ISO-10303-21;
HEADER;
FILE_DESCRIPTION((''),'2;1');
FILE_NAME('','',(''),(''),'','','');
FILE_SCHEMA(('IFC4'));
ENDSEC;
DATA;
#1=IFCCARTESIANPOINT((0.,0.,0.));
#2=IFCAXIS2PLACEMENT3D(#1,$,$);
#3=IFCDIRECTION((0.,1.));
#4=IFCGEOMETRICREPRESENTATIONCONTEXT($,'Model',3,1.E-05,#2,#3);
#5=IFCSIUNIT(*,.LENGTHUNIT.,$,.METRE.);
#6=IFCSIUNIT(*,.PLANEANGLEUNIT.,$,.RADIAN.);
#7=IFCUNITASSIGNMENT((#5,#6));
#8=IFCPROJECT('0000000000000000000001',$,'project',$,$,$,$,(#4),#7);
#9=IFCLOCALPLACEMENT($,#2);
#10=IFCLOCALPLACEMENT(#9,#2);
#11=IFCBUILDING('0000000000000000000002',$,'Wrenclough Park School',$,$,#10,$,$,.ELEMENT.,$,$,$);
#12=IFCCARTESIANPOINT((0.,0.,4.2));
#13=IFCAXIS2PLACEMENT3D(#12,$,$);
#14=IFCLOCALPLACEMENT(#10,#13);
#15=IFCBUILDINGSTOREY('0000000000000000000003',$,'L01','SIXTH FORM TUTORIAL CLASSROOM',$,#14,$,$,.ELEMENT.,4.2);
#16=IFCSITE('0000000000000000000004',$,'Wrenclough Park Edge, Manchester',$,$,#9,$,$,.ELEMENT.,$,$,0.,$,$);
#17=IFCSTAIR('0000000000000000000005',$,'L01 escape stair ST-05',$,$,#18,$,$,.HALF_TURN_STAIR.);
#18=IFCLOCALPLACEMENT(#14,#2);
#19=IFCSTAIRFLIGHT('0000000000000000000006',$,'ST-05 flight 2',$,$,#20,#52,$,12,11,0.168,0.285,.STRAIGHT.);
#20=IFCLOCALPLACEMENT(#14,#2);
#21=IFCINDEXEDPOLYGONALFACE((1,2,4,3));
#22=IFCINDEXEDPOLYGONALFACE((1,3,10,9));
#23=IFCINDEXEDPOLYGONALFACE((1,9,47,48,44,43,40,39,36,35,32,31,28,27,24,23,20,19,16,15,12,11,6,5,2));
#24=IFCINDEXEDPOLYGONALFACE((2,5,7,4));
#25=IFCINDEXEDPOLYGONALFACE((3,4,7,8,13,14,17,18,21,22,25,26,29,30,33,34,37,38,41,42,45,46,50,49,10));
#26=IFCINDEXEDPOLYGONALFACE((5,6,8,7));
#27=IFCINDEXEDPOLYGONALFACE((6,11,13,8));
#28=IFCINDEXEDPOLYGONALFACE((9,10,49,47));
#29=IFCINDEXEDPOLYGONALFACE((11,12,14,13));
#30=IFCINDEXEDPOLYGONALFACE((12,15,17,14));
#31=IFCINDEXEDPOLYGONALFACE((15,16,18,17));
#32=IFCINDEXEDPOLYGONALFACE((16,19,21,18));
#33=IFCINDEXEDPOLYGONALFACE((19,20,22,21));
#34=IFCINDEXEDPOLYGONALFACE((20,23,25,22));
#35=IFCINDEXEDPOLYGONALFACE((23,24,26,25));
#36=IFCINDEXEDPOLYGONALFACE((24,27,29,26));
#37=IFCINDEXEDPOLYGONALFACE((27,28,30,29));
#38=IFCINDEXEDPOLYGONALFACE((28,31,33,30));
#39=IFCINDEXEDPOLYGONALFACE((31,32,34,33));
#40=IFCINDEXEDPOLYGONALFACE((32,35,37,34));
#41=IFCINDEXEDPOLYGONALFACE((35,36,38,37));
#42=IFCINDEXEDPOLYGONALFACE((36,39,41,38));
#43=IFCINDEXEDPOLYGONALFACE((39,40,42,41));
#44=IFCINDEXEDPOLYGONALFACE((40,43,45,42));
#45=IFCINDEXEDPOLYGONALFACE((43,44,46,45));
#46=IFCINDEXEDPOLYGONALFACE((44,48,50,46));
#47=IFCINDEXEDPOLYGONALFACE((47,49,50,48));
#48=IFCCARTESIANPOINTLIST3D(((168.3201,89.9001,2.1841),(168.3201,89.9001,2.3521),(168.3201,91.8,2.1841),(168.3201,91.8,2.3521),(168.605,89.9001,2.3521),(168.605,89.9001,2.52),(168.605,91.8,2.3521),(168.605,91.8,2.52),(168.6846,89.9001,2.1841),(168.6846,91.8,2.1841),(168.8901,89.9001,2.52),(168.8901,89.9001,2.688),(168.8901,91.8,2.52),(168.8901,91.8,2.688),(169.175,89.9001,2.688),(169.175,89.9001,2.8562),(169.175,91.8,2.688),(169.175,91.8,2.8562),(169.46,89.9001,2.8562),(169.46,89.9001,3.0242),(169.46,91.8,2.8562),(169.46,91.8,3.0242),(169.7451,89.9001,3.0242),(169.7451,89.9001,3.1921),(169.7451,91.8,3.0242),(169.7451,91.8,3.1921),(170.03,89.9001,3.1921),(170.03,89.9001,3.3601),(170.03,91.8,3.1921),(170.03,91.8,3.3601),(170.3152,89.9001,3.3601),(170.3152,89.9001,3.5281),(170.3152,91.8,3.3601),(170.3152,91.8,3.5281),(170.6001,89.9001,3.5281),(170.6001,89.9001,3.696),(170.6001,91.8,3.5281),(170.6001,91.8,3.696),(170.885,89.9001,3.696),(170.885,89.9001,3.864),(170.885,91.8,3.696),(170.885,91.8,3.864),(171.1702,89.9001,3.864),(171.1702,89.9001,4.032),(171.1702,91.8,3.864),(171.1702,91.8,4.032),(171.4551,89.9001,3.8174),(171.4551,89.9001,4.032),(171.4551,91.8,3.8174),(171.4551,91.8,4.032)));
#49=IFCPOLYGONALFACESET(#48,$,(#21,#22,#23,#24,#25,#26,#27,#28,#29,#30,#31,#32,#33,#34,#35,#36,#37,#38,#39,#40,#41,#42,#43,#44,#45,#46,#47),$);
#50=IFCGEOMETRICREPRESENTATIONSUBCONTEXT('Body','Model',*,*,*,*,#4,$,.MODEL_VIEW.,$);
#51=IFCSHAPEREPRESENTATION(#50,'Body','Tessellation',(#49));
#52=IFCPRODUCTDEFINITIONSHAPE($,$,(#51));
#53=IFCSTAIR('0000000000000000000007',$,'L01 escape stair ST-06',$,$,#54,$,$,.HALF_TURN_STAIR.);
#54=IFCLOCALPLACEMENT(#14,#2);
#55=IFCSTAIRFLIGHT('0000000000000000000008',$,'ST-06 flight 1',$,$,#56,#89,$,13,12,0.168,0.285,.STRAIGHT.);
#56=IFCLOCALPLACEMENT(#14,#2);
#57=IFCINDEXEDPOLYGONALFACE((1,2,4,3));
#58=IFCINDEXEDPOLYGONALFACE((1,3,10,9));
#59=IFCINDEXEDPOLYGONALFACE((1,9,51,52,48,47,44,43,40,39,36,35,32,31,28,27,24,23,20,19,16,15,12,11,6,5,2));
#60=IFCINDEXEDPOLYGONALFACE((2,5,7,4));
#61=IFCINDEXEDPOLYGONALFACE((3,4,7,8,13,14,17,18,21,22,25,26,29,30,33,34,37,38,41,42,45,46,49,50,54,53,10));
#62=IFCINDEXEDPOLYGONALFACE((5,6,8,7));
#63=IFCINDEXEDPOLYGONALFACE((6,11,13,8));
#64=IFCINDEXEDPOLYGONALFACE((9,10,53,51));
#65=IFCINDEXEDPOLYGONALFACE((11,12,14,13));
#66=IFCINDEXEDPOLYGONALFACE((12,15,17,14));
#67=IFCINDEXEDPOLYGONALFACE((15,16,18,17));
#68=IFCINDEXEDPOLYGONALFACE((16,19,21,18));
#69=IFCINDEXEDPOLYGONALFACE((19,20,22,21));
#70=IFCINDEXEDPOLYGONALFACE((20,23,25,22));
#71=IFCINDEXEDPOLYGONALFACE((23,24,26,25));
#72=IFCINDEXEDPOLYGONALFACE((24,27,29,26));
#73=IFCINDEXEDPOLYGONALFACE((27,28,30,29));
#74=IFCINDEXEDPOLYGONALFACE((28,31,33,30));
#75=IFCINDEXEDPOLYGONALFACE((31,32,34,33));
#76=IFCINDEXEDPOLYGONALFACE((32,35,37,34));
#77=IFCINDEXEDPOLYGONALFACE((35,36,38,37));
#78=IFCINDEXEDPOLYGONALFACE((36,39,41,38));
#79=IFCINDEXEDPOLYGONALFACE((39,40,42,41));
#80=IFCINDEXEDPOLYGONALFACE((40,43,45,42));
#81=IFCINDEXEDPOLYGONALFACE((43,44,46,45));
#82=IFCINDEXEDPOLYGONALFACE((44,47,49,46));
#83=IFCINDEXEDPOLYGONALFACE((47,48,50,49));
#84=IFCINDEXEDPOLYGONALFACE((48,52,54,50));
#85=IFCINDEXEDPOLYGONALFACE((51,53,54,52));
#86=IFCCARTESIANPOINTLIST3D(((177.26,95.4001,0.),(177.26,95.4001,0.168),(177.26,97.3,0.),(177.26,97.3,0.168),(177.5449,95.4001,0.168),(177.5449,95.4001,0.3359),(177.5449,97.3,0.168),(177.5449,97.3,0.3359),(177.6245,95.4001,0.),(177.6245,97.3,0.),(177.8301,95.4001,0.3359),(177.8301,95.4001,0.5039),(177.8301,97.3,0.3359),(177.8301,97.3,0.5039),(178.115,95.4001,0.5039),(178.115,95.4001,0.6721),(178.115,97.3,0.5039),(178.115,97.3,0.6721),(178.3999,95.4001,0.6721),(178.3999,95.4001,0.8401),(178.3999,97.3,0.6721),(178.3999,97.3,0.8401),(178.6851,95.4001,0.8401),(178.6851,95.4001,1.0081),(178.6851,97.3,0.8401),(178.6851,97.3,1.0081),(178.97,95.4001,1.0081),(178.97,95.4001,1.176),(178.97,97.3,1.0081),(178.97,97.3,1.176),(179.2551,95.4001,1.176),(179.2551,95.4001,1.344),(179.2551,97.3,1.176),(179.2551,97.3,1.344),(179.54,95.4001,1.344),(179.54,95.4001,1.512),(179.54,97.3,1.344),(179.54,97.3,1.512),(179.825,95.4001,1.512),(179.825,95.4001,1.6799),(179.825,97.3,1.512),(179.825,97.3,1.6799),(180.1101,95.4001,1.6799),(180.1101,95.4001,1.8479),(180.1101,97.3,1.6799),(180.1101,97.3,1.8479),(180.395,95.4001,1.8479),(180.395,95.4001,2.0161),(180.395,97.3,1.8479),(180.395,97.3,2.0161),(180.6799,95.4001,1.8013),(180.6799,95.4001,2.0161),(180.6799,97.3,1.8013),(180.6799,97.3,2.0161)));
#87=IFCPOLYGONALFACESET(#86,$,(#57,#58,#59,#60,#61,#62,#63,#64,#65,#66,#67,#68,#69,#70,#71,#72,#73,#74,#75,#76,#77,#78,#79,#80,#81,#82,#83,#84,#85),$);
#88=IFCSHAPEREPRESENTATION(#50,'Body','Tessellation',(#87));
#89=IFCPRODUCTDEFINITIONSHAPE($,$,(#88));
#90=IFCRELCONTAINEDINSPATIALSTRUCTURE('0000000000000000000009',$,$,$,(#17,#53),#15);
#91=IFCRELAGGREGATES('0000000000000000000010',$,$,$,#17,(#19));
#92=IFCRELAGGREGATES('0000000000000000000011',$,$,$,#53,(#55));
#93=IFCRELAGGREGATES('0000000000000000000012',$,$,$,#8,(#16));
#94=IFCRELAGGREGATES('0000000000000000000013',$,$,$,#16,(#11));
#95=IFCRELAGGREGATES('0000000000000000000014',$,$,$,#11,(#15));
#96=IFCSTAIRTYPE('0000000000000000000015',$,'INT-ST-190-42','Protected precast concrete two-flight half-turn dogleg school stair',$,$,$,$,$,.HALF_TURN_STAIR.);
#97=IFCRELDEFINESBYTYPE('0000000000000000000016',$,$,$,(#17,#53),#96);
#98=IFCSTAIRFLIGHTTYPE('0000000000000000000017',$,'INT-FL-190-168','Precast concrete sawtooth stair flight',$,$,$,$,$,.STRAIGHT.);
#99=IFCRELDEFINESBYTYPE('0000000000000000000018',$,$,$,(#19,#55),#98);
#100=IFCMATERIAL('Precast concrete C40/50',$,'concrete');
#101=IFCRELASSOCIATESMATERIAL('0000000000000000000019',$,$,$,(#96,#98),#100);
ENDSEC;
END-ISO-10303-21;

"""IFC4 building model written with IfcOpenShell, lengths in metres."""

from ifc_helpers import new_model, si_unit, direction, frame, origin, place, context, subcontext, project, spatial, polyline, outline, extrude, material, type_object, element, aggregate, save


model = new_model("IFC4")

# Units and contexts
model_context = context("Model", 3, precision=1e-05, world=origin(), true_north=direction((0.0, 1.0)))
body_context = subcontext(model_context, "Body", "Model", "MODEL_VIEW")
ifc_project = project(units=[si_unit("LENGTHUNIT", "METRE"), si_unit("PLANEANGLEUNIT", "RADIAN")], contexts=[model_context])

# Site, building, storey
site_placement = place(None, origin())
site = spatial("IfcSite", under=ifc_project, at=site_placement, Name="Wrenclough Park Edge, Manchester", CompositionType="ELEMENT", RefElevation=0.0)
building_placement = place(site_placement, origin())
building = spatial("IfcBuilding", under=site, at=building_placement, Name="Wrenclough Park School", CompositionType="ELEMENT")
storey_placement = place(building_placement, frame((0.0, 0.0, 4.2)))
storey = spatial("IfcBuildingStorey", under=building, at=storey_placement, Name="L01", Description="SIXTH FORM TUTORIAL CLASSROOM", CompositionType="ELEMENT", Elevation=4.2)

# Stairs, stair flights
ifc_material_1 = material(Name="Precast concrete C40/50", Category="concrete")
stair_type = type_object("IfcStairType", Name="INT-ST-190-42", Description="Protected precast concrete two-flight half-turn dogleg school stair", PredefinedType="HALF_TURN_STAIR", material=ifc_material_1)
stair_1_placement = place(storey_placement, origin())
stair_1 = element("IfcStair", 1, at=stair_1_placement, inside=storey, type_object=stair_type, Name="L01 escape stair ST-05", PredefinedType="HALF_TURN_STAIR")
stair_flight_type = type_object("IfcStairFlightType", Name="INT-FL-190-168", Description="Precast concrete sawtooth stair flight", PredefinedType="STRAIGHT", material=ifc_material_1)
stair_flight_1_placement = place(storey_placement, frame((168.3201, 90.8501, 2.1841), z_axis=(0.0, 0.0, 1.0), x_axis=(1.0, 0.0, 0.0)))
stair_flight_1 = element("IfcStairFlight", 2, at=stair_flight_1_placement, type_object=stair_flight_type, Name="ST-05 flight 2", NumberOfRisers=12, NumberOfTreads=11, PredefinedType="STRAIGHT", RiserHeight=0.168, TreadLength=0.285, context=body_context, shape_type="SweptSolid", body=[
    extrude(outline(polyline([(0.0, 0.0), (0.0, 0.168), (0.2849, 0.168), (0.2849, 0.3359), (0.5701, 0.3359), (0.5701, 0.5039), (0.855, 0.5039), (0.855, 0.6721), (1.1399, 0.6721), (1.1399, 0.8401), (1.425, 0.8401), (1.425, 1.0081), (1.71, 1.0081), (1.71, 1.176), (1.9951, 1.176), (1.9951, 1.344), (2.28, 1.344), (2.28, 1.512), (2.5649, 1.512), (2.5649, 1.6799), (2.8501, 1.6799), (2.8501, 1.8479), (3.135, 1.8479), (3.135, 2.0161), (3.135, 1.6333), (0.3645, 0.0), (0.0, 0.0)])), frame((0.0, 0.95, 0.0), z_axis=(0.0, -1.0, 0.0), x_axis=(1.0, 0.0, 0.0)), (0.0, 0.0, 1.0), 1.8999),
])
aggregate(stair_1, [stair_flight_1])
stair_2_placement = place(storey_placement, origin())
stair_2 = element("IfcStair", 3, at=stair_2_placement, inside=storey, type_object=stair_type, Name="L01 escape stair ST-06", PredefinedType="HALF_TURN_STAIR")
stair_flight_2_placement = place(storey_placement, frame((177.26, 96.3501, 0.0), z_axis=(0.0, 0.0, 1.0), x_axis=(1.0, 0.0, 0.0)))
stair_flight_2 = element("IfcStairFlight", 4, at=stair_flight_2_placement, type_object=stair_flight_type, Name="ST-06 flight 1", NumberOfRisers=13, NumberOfTreads=12, PredefinedType="STRAIGHT", RiserHeight=0.168, TreadLength=0.285, context=body_context, shape_type="SweptSolid", body=[
    extrude(outline(polyline([(0.0, 0.0), (0.0, 0.168), (0.2849, 0.168), (0.2849, 0.3359), (0.5701, 0.3359), (0.5701, 0.5039), (0.855, 0.5039), (0.855, 0.6721), (1.1399, 0.6721), (1.1399, 0.8401), (1.425, 0.8401), (1.425, 1.0081), (1.71, 1.0081), (1.71, 1.176), (1.9951, 1.176), (1.9951, 1.344), (2.28, 1.344), (2.28, 1.512), (2.5649, 1.512), (2.5649, 1.6799), (2.8501, 1.6799), (2.8501, 1.8479), (3.135, 1.8479), (3.135, 2.0161), (3.4199, 2.0161), (3.4199, 2.1841), (3.4199, 1.8013), (0.3645, 0.0), (0.0, 0.0)])), frame((0.0, 0.95, 0.0), z_axis=(0.0, -1.0, 0.0), x_axis=(1.0, 0.0, 0.0)), (0.0, 0.0, 1.0), 1.8999),
])
aggregate(stair_2, [stair_flight_2])

save(model, "model.ifc")
